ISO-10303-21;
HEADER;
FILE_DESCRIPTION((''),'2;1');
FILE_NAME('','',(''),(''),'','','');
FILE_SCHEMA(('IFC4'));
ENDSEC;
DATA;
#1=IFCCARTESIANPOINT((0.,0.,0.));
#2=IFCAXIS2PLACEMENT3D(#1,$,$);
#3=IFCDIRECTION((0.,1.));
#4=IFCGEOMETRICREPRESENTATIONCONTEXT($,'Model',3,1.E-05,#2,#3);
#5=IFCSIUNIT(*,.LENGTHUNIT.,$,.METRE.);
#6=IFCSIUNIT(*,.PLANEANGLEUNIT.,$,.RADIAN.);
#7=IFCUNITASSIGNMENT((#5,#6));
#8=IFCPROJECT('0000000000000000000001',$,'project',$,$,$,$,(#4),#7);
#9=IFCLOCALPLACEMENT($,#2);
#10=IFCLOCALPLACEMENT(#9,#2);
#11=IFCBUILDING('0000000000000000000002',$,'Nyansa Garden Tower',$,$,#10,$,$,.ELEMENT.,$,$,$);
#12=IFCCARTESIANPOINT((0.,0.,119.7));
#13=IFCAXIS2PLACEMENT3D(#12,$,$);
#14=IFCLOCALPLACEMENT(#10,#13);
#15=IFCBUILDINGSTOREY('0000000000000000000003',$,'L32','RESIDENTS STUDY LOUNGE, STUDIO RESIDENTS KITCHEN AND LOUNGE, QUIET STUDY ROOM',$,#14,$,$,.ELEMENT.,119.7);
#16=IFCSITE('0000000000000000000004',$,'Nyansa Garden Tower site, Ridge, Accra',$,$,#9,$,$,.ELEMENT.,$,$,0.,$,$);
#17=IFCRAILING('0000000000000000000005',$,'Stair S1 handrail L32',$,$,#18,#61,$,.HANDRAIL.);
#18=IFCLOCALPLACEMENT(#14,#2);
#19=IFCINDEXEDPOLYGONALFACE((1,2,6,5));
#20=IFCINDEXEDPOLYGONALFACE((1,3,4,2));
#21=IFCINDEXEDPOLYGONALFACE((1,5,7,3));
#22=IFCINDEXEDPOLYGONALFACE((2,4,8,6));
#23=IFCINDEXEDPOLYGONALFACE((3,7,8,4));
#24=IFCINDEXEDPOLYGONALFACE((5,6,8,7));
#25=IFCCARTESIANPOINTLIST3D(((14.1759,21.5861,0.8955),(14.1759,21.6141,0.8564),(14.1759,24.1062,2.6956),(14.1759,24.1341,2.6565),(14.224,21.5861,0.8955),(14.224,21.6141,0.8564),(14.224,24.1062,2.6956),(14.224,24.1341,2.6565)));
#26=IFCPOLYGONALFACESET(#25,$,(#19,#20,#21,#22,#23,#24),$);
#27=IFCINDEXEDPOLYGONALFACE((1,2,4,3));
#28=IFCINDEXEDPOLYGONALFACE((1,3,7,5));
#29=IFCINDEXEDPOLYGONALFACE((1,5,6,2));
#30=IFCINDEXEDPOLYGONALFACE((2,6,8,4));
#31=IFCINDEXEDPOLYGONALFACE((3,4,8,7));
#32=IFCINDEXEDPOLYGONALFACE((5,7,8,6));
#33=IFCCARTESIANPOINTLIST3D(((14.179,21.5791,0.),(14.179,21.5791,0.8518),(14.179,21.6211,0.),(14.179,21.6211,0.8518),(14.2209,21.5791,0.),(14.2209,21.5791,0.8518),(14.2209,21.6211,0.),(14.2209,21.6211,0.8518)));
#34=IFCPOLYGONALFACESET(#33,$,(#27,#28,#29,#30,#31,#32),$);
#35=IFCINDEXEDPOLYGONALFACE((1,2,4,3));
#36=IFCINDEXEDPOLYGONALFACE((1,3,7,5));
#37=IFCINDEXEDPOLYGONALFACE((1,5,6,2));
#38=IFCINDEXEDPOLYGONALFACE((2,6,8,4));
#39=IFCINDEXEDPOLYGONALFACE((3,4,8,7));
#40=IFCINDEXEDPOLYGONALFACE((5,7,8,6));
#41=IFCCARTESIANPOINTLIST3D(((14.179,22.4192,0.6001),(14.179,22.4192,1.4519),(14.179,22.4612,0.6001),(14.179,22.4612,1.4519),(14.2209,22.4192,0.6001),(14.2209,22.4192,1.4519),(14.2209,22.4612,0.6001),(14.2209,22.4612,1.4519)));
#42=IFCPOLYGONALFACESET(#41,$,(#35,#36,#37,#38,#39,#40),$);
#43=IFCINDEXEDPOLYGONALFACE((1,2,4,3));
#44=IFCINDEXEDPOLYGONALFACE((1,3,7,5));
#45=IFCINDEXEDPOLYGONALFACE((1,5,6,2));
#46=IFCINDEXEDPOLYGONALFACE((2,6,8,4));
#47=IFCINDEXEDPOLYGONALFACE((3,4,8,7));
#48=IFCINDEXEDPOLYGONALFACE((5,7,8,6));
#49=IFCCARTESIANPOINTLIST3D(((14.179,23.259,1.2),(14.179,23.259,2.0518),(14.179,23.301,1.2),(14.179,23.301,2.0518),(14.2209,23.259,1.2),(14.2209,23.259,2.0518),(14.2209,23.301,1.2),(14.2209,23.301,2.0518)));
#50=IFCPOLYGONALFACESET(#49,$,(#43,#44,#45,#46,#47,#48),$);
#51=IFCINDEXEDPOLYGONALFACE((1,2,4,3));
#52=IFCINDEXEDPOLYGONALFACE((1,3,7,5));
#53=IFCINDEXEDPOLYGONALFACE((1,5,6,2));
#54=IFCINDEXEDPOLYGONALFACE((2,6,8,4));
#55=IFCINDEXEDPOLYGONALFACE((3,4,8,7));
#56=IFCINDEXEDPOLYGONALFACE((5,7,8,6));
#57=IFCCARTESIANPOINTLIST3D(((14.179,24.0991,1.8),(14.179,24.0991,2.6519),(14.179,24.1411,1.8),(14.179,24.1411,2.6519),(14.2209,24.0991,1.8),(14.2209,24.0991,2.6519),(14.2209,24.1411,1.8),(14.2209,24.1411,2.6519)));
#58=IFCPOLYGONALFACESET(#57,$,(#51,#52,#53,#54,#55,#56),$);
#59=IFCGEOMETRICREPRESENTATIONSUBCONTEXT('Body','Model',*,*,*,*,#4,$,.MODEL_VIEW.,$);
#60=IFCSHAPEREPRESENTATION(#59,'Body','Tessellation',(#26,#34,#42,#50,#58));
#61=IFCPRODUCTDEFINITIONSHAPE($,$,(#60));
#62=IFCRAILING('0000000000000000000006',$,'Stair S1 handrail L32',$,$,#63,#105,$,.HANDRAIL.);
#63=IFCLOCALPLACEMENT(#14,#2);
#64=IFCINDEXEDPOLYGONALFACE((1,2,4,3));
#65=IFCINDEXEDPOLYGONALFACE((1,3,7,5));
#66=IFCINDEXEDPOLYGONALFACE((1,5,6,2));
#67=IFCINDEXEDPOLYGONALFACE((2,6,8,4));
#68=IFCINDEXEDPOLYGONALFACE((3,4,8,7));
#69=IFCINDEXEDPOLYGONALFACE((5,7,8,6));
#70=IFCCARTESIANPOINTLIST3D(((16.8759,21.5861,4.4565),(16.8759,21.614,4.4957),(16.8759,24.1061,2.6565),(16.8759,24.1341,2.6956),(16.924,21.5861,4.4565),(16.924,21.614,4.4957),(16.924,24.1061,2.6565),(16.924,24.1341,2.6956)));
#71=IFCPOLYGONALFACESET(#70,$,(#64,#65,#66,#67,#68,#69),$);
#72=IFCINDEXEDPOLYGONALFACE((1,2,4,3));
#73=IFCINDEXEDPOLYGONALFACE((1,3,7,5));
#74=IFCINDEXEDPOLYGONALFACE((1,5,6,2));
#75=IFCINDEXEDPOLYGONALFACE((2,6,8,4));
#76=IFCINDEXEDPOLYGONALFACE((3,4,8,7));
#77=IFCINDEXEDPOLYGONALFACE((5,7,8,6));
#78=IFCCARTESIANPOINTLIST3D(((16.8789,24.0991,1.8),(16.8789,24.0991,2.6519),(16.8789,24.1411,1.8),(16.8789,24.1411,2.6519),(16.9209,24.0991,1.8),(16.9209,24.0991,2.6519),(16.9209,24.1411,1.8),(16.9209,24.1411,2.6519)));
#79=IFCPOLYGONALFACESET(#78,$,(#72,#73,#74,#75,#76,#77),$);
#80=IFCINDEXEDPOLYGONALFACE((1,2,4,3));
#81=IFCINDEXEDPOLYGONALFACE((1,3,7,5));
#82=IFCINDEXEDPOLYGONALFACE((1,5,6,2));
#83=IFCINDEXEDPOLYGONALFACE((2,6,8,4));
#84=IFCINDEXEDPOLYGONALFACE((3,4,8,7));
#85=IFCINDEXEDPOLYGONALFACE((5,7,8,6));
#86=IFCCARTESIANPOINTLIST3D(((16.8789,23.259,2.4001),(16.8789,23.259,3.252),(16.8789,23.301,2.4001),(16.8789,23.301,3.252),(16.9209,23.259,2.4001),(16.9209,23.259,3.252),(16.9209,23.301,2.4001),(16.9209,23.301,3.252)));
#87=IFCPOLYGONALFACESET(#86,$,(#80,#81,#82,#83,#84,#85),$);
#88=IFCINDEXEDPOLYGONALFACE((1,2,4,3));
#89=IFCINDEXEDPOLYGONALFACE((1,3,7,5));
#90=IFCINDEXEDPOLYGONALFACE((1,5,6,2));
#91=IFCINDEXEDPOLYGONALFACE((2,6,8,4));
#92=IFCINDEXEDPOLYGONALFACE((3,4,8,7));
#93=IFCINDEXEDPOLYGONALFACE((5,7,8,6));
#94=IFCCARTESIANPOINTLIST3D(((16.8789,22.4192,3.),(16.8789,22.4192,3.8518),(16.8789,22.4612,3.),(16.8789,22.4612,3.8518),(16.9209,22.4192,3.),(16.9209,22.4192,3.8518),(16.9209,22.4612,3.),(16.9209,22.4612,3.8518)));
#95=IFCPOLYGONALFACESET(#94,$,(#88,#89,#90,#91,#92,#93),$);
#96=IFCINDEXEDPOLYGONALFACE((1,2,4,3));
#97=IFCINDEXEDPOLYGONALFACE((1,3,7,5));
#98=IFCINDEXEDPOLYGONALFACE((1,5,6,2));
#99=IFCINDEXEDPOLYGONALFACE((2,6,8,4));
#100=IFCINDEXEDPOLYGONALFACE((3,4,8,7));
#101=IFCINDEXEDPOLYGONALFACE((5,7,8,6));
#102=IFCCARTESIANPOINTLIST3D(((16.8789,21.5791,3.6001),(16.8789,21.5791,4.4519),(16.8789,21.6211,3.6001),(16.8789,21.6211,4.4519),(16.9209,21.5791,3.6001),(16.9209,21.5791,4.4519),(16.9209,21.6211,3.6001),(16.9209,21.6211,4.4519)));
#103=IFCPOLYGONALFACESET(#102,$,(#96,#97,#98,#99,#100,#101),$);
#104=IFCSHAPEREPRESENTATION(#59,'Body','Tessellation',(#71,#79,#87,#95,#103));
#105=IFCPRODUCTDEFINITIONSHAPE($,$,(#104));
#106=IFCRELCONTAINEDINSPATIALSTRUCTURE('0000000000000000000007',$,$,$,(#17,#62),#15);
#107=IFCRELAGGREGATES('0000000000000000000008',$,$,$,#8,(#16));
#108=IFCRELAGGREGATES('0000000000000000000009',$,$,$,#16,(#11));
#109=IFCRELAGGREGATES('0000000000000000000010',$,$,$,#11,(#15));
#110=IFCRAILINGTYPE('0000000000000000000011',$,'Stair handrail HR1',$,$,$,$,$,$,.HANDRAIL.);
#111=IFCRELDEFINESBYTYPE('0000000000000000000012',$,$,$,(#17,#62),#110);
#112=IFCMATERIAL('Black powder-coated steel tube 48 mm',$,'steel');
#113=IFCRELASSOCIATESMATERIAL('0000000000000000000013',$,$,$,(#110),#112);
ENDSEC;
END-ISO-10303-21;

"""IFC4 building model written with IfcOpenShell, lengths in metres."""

from ifc_helpers import new_model, si_unit, direction, frame, origin, origin_2d, place, context, subcontext, project, spatial, rectangle, extrude, material, type_object, element, save


model = new_model("IFC4")

# Units and contexts
model_context = context("Model", 3, precision=1e-05, world=origin(), true_north=direction((0.0, 1.0)))
body_context = subcontext(model_context, "Body", "Model", "MODEL_VIEW")
ifc_project = project(units=[si_unit("LENGTHUNIT", "METRE"), si_unit("PLANEANGLEUNIT", "RADIAN")], contexts=[model_context])

# Site, building, storey
site_placement = place(None, origin())
site = spatial("IfcSite", under=ifc_project, at=site_placement, Name="Nyansa Garden Tower site, Ridge, Accra", CompositionType="ELEMENT", RefElevation=0.0)
building_placement = place(site_placement, origin())
building = spatial("IfcBuilding", under=site, at=building_placement, Name="Nyansa Garden Tower", CompositionType="ELEMENT")
storey_placement = place(building_placement, frame((0.0, 0.0, 119.7)))
storey = spatial("IfcBuildingStorey", under=building, at=storey_placement, Name="L32", Description="RESIDENTS STUDY LOUNGE, STUDIO RESIDENTS KITCHEN AND LOUNGE, QUIET STUDY ROOM", CompositionType="ELEMENT", Elevation=119.7)

# Railings
ifc_material_1 = material(Name="Black powder-coated steel tube 48 mm", Category="steel")
railing_type = type_object("IfcRailingType", Name="Stair handrail HR1", PredefinedType="HANDRAIL", material=ifc_material_1)
railing_1_placement = place(storey_placement, frame((14.2, 21.6001, 0.0)))
element("IfcRailing", 1, at=railing_1_placement, inside=storey, type_object=railing_type, Name="Stair S1 handrail L32", PredefinedType="HANDRAIL", context=body_context, shape_type="SweptSolid", body=[
    extrude(rectangle(XDim=0.0481, YDim=0.0481, at=origin_2d()), frame((0.0, 0.0, 0.876), z_axis=(0.0, 0.813728, 0.581246), x_axis=(-1.0, 0.0, 0.0)), (0.0, 0.0, 1.0), 3.0969),
    extrude(rectangle(XDim=0.042, YDim=0.042, at=origin_2d()), origin(), (0.0, 0.0, 1.0), 0.8518),
    extrude(rectangle(XDim=0.042, YDim=0.042, at=origin_2d()), frame((0.0, 0.8401, 0.6001)), (0.0, 0.0, 1.0), 0.8518),
    extrude(rectangle(XDim=0.042, YDim=0.042, at=origin_2d()), frame((0.0, 1.6799, 1.2)), (0.0, 0.0, 1.0), 0.8518),
    extrude(rectangle(XDim=0.042, YDim=0.042, at=origin_2d()), frame((0.0, 2.52, 1.8)), (0.0, 0.0, 1.0), 0.8518),
])
railing_2_placement = place(storey_placement, frame((16.8999, 24.1201, 1.8)))
element("IfcRailing", 2, at=railing_2_placement, inside=storey, type_object=railing_type, Name="Stair S1 handrail L32", PredefinedType="HANDRAIL", context=body_context, shape_type="SweptSolid", body=[
    extrude(rectangle(XDim=0.0481, YDim=0.0481, at=origin_2d()), frame((0.0, 0.0, 0.876), z_axis=(0.0, -0.813728, 0.581246), x_axis=(1.0, 0.0, 0.0)), (0.0, 0.0, 1.0), 3.0969),
    extrude(rectangle(XDim=0.042, YDim=0.042, at=origin_2d()), origin(), (0.0, 0.0, 1.0), 0.8518),
    extrude(rectangle(XDim=0.042, YDim=0.042, at=origin_2d()), frame((0.0, -0.8401, 0.6001)), (0.0, 0.0, 1.0), 0.8518),
    extrude(rectangle(XDim=0.042, YDim=0.042, at=origin_2d()), frame((0.0, -1.6799, 1.2)), (0.0, 0.0, 1.0), 0.8518),
    extrude(rectangle(XDim=0.042, YDim=0.042, at=origin_2d()), frame((0.0, -2.52, 1.8)), (0.0, 0.0, 1.0), 0.8518),
])

save(model, "model.ifc")
